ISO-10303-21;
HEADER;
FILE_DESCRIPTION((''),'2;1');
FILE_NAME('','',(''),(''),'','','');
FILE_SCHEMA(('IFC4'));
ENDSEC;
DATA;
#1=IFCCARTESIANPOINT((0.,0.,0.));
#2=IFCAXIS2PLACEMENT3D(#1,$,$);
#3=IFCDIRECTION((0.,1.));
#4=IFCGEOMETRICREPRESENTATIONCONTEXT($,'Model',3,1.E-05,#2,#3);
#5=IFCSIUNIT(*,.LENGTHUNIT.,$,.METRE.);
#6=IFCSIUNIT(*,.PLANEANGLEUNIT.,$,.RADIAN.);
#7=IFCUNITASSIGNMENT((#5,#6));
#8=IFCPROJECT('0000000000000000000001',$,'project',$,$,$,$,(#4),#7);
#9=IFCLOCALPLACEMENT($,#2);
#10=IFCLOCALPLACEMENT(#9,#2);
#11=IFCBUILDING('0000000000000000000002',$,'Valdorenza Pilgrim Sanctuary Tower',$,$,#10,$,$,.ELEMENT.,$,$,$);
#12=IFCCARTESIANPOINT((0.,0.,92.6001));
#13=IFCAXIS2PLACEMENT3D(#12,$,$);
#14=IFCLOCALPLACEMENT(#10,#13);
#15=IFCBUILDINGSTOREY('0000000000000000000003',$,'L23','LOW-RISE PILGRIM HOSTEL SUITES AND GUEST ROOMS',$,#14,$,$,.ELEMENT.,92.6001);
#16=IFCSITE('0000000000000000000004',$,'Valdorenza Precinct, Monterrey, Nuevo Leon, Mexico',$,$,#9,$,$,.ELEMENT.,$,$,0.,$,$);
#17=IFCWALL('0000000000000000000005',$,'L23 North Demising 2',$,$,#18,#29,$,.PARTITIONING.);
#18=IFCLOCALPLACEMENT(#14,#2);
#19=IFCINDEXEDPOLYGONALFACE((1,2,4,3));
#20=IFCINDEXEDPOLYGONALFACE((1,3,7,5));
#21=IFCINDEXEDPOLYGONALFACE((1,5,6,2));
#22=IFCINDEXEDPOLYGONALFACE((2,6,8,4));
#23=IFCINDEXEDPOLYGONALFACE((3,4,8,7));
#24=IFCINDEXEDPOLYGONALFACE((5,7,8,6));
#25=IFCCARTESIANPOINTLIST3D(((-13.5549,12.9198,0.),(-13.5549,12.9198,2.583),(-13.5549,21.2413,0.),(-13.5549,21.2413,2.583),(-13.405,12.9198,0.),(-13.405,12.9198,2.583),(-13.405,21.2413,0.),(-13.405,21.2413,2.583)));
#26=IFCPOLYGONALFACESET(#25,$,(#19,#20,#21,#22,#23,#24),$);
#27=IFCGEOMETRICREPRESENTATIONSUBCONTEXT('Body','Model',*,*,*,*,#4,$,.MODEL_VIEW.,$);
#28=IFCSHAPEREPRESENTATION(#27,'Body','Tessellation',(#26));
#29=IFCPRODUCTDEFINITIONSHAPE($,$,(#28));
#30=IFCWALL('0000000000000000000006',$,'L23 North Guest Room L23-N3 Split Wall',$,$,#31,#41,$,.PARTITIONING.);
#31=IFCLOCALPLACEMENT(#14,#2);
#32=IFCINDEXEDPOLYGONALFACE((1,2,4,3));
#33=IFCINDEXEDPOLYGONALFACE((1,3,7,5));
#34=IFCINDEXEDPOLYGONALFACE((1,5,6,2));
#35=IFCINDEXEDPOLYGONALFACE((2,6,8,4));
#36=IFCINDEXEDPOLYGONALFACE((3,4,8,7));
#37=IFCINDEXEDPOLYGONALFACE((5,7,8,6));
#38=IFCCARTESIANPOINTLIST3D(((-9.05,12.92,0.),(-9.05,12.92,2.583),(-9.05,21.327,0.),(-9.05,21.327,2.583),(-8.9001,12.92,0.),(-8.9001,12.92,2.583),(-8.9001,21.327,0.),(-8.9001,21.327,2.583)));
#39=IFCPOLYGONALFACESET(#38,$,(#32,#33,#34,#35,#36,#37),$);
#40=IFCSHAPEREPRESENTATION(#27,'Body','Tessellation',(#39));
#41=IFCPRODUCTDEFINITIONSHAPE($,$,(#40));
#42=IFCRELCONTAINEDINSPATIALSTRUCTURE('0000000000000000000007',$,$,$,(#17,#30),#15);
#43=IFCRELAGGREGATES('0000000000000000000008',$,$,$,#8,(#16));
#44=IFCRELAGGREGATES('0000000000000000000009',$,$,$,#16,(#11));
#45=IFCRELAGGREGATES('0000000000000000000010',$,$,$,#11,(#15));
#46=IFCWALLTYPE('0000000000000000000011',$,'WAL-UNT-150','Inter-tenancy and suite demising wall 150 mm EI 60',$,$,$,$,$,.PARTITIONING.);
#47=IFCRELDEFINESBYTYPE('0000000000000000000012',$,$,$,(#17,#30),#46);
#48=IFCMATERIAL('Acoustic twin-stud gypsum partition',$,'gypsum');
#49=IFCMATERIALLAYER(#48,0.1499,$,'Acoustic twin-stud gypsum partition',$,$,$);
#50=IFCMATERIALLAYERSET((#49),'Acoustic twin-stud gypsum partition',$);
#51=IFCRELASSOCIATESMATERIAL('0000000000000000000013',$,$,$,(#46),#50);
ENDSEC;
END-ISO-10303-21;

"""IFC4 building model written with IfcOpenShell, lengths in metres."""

from ifc_helpers import new_model, si_unit, direction, frame, frame_2d, origin, place, context, subcontext, project, spatial, rectangle, extrude, material, layer, layer_set, type_object, element, save


model = new_model("IFC4")

# Units and contexts
model_context = context("Model", 3, precision=1e-05, world=origin(), true_north=direction((0.0, 1.0)))
body_context = subcontext(model_context, "Body", "Model", "MODEL_VIEW")
ifc_project = project(units=[si_unit("LENGTHUNIT", "METRE"), si_unit("PLANEANGLEUNIT", "RADIAN")], contexts=[model_context])

# Site, building, storey
site_placement = place(None, origin())
site = spatial("IfcSite", under=ifc_project, at=site_placement, Name="Valdorenza Precinct, Monterrey, Nuevo Leon, Mexico", CompositionType="ELEMENT", RefElevation=0.0)
building_placement = place(site_placement, origin())
building = spatial("IfcBuilding", under=site, at=building_placement, Name="Valdorenza Pilgrim Sanctuary Tower", CompositionType="ELEMENT")
storey_placement = place(building_placement, frame((0.0, 0.0, 92.6001)))
storey = spatial("IfcBuildingStorey", under=building, at=storey_placement, Name="L23", Description="LOW-RISE PILGRIM HOSTEL SUITES AND GUEST ROOMS", CompositionType="ELEMENT", Elevation=92.6001)

# Shared definitions
ifc_material_1 = material(Name="Acoustic twin-stud gypsum partition", Category="gypsum")

# Walls
ifc_layer_1 = layer(ifc_material_1, 0.1499, Name="Acoustic twin-stud gypsum partition")
ifc_layer_set_1 = layer_set([ifc_layer_1], Name="Acoustic twin-stud gypsum partition")
wall_type_1 = type_object("IfcWallType", Name="WAL-UNT-150", Description="Inter-tenancy and suite demising wall 150 mm EI 60", PredefinedType="PARTITIONING", material=ifc_layer_set_1)
wall_1_placement = place(storey_placement, frame((-13.48, 12.9199, 0.0), z_axis=(0.0, 0.0, 1.0), x_axis=(0.0, 1.0, 0.0)))
element("IfcWall", 1, at=wall_1_placement, inside=storey, type_object=wall_type_1, Name="L23 North Demising 2", PredefinedType="PARTITIONING", context=body_context, shape_type="SweptSolid", body=[
    extrude(rectangle(XDim=8.3215, YDim=0.1499, at=frame_2d((4.1606, 0.0))), origin(), (0.0, 0.0, 1.0), 2.583),
])
wall_2_placement = place(storey_placement, frame((-8.9751, 12.9199, 0.0), z_axis=(0.0, 0.0, 1.0), x_axis=(0.0, 1.0, 0.0)))
element("IfcWall", 2, at=wall_2_placement, inside=storey, type_object=wall_type_1, Name="L23 North Guest Room L23-N3 Split Wall", PredefinedType="PARTITIONING", context=body_context, shape_type="SweptSolid", body=[
    extrude(rectangle(XDim=8.407, YDim=0.1499, at=frame_2d((4.2036, 0.0))), origin(), (0.0, 0.0, 1.0), 2.583),
])

save(model, "model.ifc")
